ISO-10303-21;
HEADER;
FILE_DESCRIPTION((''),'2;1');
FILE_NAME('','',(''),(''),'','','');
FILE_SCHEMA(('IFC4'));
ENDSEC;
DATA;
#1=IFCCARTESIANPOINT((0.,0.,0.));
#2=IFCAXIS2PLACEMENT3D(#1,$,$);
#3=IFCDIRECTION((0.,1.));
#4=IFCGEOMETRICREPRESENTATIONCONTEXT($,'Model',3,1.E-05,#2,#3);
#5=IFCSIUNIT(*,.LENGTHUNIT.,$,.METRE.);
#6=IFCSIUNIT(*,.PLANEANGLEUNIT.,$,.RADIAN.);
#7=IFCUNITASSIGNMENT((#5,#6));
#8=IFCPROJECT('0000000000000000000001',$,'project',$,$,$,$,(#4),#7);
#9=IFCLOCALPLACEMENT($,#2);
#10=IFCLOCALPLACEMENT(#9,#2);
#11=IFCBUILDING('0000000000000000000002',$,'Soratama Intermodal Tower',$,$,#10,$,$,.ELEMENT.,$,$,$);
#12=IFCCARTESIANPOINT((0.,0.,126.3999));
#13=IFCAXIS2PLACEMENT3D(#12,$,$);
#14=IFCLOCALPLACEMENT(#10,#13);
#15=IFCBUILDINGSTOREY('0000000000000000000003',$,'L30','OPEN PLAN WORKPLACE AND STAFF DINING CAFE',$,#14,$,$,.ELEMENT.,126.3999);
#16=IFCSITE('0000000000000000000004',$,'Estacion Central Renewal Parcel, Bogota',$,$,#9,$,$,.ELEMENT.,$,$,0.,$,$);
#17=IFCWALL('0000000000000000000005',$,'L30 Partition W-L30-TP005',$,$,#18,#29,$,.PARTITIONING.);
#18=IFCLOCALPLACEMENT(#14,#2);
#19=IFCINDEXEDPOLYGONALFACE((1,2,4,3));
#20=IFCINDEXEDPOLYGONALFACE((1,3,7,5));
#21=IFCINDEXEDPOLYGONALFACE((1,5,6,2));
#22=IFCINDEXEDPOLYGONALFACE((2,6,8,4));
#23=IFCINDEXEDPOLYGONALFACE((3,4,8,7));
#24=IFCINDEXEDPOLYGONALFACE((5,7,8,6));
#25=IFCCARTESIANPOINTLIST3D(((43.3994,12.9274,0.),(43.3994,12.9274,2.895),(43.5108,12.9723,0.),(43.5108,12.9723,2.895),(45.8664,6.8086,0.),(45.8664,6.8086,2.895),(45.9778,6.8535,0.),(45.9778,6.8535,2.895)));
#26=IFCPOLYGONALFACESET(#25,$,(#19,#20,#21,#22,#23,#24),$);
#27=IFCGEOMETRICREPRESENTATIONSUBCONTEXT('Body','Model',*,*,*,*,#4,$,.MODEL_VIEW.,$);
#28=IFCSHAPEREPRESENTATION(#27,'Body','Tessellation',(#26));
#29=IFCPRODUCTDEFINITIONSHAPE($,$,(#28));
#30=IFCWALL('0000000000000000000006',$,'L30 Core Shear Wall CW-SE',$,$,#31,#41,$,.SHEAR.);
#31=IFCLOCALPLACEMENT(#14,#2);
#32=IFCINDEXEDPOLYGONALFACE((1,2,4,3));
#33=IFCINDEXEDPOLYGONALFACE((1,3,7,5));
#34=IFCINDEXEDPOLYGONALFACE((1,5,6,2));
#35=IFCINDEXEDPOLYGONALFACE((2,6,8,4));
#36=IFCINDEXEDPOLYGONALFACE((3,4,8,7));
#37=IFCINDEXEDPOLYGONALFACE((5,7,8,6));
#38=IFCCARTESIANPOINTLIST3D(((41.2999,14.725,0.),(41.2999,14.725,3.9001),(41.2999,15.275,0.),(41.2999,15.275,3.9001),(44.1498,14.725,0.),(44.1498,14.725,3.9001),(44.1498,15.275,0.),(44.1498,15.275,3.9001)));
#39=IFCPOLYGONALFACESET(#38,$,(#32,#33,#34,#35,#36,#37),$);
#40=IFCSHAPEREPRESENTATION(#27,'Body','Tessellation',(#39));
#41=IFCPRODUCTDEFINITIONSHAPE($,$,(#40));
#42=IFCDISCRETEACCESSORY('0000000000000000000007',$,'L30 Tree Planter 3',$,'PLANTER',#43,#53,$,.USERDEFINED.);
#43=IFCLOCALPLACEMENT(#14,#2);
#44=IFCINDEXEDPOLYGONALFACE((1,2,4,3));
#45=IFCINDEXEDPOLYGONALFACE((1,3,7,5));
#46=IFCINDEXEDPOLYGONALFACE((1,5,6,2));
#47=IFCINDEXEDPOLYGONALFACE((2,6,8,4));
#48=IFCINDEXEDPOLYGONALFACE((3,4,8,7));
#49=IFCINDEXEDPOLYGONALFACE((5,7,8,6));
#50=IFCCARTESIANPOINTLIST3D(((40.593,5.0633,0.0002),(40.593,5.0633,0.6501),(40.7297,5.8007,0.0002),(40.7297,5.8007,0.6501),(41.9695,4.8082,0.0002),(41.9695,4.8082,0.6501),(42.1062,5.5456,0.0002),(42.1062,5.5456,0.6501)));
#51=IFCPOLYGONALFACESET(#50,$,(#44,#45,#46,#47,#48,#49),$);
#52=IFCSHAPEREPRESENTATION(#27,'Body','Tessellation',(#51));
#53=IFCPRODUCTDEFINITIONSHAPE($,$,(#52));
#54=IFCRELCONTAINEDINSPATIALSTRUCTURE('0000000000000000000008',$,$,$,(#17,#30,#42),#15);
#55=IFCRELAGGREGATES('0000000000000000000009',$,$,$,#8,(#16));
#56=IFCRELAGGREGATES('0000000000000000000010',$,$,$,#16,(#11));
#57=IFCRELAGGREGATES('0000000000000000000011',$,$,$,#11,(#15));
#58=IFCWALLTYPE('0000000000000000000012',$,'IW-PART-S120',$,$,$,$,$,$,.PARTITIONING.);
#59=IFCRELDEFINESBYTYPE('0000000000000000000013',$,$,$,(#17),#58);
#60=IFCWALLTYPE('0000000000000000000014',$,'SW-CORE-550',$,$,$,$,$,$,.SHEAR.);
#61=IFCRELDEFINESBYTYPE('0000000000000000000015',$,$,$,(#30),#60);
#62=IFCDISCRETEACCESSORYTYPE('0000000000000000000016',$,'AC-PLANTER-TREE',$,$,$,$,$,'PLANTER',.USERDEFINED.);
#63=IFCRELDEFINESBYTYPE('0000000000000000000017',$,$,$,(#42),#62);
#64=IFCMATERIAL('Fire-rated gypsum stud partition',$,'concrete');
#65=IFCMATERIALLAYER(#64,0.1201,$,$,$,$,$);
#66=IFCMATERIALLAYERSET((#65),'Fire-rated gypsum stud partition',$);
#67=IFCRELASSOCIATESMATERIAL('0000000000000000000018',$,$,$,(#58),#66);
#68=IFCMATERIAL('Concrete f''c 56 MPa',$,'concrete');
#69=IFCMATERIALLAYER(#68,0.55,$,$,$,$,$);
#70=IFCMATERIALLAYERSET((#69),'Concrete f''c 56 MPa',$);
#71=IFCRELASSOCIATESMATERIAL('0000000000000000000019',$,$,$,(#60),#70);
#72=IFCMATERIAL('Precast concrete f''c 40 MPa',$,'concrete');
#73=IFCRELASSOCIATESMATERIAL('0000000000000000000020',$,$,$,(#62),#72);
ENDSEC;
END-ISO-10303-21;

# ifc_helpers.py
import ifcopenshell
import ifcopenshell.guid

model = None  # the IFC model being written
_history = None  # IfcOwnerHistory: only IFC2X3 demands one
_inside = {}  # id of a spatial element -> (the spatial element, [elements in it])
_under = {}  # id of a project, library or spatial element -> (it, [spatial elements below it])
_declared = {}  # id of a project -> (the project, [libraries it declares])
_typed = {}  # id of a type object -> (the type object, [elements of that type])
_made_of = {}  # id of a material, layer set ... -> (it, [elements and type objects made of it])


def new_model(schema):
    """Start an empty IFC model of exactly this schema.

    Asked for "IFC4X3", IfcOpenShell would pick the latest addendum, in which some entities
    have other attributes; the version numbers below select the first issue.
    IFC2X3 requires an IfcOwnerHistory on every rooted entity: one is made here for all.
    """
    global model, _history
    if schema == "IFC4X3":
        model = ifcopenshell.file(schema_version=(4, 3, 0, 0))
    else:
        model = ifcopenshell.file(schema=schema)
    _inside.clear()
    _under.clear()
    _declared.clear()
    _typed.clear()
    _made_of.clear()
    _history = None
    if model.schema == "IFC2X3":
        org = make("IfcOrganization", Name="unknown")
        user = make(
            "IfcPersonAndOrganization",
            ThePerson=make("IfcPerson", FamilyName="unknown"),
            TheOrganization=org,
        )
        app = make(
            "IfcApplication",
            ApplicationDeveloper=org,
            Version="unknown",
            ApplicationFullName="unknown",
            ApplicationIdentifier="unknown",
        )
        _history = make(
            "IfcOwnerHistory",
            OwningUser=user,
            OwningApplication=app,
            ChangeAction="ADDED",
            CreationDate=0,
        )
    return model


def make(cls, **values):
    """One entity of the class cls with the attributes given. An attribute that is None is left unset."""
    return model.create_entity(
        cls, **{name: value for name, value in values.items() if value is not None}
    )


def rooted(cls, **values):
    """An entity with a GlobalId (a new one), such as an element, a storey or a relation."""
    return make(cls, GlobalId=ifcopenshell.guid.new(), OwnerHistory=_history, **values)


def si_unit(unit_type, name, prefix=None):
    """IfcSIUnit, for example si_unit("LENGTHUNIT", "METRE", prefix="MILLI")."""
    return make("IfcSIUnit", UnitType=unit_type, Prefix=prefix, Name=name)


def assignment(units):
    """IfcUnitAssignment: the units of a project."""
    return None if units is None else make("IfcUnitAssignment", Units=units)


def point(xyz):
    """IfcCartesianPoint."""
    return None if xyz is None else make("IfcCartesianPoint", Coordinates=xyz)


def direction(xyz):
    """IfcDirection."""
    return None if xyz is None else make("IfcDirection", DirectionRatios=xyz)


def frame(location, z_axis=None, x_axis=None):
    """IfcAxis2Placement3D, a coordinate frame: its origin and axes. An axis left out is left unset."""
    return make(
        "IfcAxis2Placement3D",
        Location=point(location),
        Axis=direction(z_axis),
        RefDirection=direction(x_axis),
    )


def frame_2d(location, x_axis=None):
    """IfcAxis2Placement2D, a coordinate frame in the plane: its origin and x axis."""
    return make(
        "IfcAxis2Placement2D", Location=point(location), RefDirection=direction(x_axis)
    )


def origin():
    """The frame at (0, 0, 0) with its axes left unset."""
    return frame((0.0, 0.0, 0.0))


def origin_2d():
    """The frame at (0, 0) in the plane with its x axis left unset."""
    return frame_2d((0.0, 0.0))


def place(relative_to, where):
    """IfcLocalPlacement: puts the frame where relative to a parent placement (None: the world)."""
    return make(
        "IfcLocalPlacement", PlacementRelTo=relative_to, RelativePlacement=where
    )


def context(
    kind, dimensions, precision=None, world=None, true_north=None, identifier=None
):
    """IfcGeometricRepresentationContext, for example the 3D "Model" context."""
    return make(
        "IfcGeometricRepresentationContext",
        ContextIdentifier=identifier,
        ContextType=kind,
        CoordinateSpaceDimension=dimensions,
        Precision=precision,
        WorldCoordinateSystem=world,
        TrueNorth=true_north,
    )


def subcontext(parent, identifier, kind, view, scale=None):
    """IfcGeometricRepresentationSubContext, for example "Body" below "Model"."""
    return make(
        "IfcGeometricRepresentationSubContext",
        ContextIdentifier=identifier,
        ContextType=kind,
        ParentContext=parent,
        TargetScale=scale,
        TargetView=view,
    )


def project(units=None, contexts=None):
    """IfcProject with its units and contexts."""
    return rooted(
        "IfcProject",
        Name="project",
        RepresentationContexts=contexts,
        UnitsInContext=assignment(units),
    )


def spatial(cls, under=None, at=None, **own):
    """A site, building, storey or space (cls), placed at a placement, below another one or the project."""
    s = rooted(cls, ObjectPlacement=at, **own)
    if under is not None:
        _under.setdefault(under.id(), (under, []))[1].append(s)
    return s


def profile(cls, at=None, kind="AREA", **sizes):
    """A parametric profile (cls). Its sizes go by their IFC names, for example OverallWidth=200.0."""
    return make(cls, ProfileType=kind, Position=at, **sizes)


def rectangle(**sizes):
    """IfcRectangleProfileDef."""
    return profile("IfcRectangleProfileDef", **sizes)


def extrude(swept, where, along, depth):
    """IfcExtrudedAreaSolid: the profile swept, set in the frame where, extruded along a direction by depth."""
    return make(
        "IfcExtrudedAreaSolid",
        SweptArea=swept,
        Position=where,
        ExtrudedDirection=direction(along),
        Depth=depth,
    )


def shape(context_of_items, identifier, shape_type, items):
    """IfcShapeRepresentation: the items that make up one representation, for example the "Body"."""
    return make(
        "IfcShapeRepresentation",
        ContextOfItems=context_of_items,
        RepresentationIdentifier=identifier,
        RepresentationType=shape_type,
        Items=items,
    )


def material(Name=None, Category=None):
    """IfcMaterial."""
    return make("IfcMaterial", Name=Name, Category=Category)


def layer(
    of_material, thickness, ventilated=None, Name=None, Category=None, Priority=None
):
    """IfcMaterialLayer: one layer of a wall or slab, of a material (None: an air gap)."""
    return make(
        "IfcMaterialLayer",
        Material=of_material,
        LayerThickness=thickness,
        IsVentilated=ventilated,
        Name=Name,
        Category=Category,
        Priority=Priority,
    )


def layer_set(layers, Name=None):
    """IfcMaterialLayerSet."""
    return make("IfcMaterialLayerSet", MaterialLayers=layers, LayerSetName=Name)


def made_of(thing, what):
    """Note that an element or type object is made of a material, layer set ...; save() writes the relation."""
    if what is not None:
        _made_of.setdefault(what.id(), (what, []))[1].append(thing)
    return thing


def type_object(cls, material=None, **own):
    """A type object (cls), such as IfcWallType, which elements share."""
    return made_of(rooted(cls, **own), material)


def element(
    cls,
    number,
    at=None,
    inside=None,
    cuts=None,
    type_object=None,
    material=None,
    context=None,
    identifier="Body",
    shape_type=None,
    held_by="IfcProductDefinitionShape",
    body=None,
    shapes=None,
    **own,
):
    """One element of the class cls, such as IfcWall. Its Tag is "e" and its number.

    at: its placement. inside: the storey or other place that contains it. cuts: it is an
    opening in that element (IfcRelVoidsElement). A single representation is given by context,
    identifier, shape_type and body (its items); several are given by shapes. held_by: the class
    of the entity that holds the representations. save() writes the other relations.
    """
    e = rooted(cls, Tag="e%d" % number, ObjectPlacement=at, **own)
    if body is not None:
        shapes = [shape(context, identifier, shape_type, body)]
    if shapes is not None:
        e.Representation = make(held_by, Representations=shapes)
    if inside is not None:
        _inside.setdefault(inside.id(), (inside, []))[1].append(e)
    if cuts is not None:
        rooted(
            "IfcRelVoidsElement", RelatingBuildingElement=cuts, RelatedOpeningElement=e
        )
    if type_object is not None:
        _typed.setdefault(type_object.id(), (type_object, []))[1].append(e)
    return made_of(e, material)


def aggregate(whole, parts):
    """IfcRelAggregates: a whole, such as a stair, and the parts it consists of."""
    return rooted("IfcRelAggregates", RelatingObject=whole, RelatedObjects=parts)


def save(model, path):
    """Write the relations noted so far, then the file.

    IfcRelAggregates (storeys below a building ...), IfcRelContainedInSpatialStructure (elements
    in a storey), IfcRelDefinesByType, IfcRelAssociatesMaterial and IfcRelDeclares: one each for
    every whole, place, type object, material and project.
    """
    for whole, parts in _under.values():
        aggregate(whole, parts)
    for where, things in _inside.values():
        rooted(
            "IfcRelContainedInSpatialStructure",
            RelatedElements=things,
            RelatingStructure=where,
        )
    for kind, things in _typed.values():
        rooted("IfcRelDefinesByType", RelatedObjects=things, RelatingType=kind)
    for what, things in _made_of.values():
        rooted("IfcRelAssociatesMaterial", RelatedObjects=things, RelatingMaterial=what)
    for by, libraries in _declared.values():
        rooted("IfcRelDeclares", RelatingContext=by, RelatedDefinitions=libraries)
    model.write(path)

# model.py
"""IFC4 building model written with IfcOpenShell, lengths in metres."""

from ifc_helpers import new_model, si_unit, direction, frame, frame_2d, origin, origin_2d, place, context, subcontext, project, spatial, rectangle, extrude, material, layer, layer_set, type_object, element, save


model = new_model("IFC4")

# Units and contexts
model_context = context("Model", 3, precision=1e-05, world=origin(), true_north=direction((0.0, 1.0)))
body_context = subcontext(model_context, "Body", "Model", "MODEL_VIEW")
ifc_project = project(units=[si_unit("LENGTHUNIT", "METRE"), si_unit("PLANEANGLEUNIT", "RADIAN")], contexts=[model_context])

# Site, building, storey
site_placement = place(None, origin())
site = spatial("IfcSite", under=ifc_project, at=site_placement, Name="Estacion Central Renewal Parcel, Bogota", CompositionType="ELEMENT", RefElevation=0.0)
building_placement = place(site_placement, origin())
building = spatial("IfcBuilding", under=site, at=building_placement, Name="Soratama Intermodal Tower", CompositionType="ELEMENT")
storey_placement = place(building_placement, frame((0.0, 0.0, 126.3999)))
storey = spatial("IfcBuildingStorey", under=building, at=storey_placement, Name="L30", Description="OPEN PLAN WORKPLACE AND STAFF DINING CAFE", CompositionType="ELEMENT", Elevation=126.3999)

# Walls
ifc_material_1 = material(Name="Fire-rated gypsum stud partition", Category="concrete")
ifc_layer_1 = layer(ifc_material_1, 0.1201)
ifc_layer_set_1 = layer_set([ifc_layer_1], Name="Fire-rated gypsum stud partition")
wall_type_1 = type_object("IfcWallType", Name="IW-PART-S120", PredefinedType="PARTITIONING", material=ifc_layer_set_1)
wall_1_placement = place(storey_placement, frame((43.4551, 12.95, 0.0), z_axis=(0.0, 0.0, 1.0), x_axis=(0.373935, -0.927455, 0.0)))
element("IfcWall", 1, at=wall_1_placement, inside=storey, type_object=wall_type_1, Name="L30 Partition W-L30-TP005", PredefinedType="PARTITIONING", context=body_context, shape_type="SweptSolid", body=[
    extrude(rectangle(XDim=6.5974, YDim=0.1201, at=frame_2d((3.2988, 0.0))), origin(), (0.0, 0.0, 1.0), 2.895),
])
ifc_material_2 = material(Name="Concrete f'c 56 MPa", Category="concrete")
ifc_layer_2 = layer(ifc_material_2, 0.55)
ifc_layer_set_2 = layer_set([ifc_layer_2], Name="Concrete f'c 56 MPa")
wall_type_2 = type_object("IfcWallType", Name="SW-CORE-550", PredefinedType="SHEAR", material=ifc_layer_set_2)
wall_2_placement = place(storey_placement, frame((41.3, 15.0, 0.0), z_axis=(0.0, 0.0, 1.0), x_axis=(1.0, 0.0, 0.0)))
element("IfcWall", 2, at=wall_2_placement, inside=storey, type_object=wall_type_2, Name="L30 Core Shear Wall CW-SE", PredefinedType="SHEAR", context=body_context, shape_type="SweptSolid", body=[
    extrude(rectangle(XDim=2.8499, YDim=0.55, at=frame_2d((1.4248, 0.0))), origin(), (0.0, 0.0, 1.0), 3.9001),
])

# Discrete accessory
ifc_material_3 = material(Name="Precast concrete f'c 40 MPa", Category="concrete")
discrete_accessory_type = type_object("IfcDiscreteAccessoryType", Name="AC-PLANTER-TREE", ElementType="PLANTER", PredefinedType="USERDEFINED", material=ifc_material_3)
discrete_accessory_placement = place(storey_placement, frame((41.3496, 5.3044, 0.0002), z_axis=(0.0, 0.0, 1.0), x_axis=(-0.182236, -0.983255, 0.0)))
element("IfcDiscreteAccessory", 3, at=discrete_accessory_placement, inside=storey, type_object=discrete_accessory_type, Name="L30 Tree Planter 3", ObjectType="PLANTER", PredefinedType="USERDEFINED", context=body_context, shape_type="SweptSolid", body=[
    extrude(rectangle(XDim=0.75, YDim=1.3999, at=origin_2d()), origin(), (0.0, 0.0, 1.0), 0.6499),
])

save(model, "model.ifc")
